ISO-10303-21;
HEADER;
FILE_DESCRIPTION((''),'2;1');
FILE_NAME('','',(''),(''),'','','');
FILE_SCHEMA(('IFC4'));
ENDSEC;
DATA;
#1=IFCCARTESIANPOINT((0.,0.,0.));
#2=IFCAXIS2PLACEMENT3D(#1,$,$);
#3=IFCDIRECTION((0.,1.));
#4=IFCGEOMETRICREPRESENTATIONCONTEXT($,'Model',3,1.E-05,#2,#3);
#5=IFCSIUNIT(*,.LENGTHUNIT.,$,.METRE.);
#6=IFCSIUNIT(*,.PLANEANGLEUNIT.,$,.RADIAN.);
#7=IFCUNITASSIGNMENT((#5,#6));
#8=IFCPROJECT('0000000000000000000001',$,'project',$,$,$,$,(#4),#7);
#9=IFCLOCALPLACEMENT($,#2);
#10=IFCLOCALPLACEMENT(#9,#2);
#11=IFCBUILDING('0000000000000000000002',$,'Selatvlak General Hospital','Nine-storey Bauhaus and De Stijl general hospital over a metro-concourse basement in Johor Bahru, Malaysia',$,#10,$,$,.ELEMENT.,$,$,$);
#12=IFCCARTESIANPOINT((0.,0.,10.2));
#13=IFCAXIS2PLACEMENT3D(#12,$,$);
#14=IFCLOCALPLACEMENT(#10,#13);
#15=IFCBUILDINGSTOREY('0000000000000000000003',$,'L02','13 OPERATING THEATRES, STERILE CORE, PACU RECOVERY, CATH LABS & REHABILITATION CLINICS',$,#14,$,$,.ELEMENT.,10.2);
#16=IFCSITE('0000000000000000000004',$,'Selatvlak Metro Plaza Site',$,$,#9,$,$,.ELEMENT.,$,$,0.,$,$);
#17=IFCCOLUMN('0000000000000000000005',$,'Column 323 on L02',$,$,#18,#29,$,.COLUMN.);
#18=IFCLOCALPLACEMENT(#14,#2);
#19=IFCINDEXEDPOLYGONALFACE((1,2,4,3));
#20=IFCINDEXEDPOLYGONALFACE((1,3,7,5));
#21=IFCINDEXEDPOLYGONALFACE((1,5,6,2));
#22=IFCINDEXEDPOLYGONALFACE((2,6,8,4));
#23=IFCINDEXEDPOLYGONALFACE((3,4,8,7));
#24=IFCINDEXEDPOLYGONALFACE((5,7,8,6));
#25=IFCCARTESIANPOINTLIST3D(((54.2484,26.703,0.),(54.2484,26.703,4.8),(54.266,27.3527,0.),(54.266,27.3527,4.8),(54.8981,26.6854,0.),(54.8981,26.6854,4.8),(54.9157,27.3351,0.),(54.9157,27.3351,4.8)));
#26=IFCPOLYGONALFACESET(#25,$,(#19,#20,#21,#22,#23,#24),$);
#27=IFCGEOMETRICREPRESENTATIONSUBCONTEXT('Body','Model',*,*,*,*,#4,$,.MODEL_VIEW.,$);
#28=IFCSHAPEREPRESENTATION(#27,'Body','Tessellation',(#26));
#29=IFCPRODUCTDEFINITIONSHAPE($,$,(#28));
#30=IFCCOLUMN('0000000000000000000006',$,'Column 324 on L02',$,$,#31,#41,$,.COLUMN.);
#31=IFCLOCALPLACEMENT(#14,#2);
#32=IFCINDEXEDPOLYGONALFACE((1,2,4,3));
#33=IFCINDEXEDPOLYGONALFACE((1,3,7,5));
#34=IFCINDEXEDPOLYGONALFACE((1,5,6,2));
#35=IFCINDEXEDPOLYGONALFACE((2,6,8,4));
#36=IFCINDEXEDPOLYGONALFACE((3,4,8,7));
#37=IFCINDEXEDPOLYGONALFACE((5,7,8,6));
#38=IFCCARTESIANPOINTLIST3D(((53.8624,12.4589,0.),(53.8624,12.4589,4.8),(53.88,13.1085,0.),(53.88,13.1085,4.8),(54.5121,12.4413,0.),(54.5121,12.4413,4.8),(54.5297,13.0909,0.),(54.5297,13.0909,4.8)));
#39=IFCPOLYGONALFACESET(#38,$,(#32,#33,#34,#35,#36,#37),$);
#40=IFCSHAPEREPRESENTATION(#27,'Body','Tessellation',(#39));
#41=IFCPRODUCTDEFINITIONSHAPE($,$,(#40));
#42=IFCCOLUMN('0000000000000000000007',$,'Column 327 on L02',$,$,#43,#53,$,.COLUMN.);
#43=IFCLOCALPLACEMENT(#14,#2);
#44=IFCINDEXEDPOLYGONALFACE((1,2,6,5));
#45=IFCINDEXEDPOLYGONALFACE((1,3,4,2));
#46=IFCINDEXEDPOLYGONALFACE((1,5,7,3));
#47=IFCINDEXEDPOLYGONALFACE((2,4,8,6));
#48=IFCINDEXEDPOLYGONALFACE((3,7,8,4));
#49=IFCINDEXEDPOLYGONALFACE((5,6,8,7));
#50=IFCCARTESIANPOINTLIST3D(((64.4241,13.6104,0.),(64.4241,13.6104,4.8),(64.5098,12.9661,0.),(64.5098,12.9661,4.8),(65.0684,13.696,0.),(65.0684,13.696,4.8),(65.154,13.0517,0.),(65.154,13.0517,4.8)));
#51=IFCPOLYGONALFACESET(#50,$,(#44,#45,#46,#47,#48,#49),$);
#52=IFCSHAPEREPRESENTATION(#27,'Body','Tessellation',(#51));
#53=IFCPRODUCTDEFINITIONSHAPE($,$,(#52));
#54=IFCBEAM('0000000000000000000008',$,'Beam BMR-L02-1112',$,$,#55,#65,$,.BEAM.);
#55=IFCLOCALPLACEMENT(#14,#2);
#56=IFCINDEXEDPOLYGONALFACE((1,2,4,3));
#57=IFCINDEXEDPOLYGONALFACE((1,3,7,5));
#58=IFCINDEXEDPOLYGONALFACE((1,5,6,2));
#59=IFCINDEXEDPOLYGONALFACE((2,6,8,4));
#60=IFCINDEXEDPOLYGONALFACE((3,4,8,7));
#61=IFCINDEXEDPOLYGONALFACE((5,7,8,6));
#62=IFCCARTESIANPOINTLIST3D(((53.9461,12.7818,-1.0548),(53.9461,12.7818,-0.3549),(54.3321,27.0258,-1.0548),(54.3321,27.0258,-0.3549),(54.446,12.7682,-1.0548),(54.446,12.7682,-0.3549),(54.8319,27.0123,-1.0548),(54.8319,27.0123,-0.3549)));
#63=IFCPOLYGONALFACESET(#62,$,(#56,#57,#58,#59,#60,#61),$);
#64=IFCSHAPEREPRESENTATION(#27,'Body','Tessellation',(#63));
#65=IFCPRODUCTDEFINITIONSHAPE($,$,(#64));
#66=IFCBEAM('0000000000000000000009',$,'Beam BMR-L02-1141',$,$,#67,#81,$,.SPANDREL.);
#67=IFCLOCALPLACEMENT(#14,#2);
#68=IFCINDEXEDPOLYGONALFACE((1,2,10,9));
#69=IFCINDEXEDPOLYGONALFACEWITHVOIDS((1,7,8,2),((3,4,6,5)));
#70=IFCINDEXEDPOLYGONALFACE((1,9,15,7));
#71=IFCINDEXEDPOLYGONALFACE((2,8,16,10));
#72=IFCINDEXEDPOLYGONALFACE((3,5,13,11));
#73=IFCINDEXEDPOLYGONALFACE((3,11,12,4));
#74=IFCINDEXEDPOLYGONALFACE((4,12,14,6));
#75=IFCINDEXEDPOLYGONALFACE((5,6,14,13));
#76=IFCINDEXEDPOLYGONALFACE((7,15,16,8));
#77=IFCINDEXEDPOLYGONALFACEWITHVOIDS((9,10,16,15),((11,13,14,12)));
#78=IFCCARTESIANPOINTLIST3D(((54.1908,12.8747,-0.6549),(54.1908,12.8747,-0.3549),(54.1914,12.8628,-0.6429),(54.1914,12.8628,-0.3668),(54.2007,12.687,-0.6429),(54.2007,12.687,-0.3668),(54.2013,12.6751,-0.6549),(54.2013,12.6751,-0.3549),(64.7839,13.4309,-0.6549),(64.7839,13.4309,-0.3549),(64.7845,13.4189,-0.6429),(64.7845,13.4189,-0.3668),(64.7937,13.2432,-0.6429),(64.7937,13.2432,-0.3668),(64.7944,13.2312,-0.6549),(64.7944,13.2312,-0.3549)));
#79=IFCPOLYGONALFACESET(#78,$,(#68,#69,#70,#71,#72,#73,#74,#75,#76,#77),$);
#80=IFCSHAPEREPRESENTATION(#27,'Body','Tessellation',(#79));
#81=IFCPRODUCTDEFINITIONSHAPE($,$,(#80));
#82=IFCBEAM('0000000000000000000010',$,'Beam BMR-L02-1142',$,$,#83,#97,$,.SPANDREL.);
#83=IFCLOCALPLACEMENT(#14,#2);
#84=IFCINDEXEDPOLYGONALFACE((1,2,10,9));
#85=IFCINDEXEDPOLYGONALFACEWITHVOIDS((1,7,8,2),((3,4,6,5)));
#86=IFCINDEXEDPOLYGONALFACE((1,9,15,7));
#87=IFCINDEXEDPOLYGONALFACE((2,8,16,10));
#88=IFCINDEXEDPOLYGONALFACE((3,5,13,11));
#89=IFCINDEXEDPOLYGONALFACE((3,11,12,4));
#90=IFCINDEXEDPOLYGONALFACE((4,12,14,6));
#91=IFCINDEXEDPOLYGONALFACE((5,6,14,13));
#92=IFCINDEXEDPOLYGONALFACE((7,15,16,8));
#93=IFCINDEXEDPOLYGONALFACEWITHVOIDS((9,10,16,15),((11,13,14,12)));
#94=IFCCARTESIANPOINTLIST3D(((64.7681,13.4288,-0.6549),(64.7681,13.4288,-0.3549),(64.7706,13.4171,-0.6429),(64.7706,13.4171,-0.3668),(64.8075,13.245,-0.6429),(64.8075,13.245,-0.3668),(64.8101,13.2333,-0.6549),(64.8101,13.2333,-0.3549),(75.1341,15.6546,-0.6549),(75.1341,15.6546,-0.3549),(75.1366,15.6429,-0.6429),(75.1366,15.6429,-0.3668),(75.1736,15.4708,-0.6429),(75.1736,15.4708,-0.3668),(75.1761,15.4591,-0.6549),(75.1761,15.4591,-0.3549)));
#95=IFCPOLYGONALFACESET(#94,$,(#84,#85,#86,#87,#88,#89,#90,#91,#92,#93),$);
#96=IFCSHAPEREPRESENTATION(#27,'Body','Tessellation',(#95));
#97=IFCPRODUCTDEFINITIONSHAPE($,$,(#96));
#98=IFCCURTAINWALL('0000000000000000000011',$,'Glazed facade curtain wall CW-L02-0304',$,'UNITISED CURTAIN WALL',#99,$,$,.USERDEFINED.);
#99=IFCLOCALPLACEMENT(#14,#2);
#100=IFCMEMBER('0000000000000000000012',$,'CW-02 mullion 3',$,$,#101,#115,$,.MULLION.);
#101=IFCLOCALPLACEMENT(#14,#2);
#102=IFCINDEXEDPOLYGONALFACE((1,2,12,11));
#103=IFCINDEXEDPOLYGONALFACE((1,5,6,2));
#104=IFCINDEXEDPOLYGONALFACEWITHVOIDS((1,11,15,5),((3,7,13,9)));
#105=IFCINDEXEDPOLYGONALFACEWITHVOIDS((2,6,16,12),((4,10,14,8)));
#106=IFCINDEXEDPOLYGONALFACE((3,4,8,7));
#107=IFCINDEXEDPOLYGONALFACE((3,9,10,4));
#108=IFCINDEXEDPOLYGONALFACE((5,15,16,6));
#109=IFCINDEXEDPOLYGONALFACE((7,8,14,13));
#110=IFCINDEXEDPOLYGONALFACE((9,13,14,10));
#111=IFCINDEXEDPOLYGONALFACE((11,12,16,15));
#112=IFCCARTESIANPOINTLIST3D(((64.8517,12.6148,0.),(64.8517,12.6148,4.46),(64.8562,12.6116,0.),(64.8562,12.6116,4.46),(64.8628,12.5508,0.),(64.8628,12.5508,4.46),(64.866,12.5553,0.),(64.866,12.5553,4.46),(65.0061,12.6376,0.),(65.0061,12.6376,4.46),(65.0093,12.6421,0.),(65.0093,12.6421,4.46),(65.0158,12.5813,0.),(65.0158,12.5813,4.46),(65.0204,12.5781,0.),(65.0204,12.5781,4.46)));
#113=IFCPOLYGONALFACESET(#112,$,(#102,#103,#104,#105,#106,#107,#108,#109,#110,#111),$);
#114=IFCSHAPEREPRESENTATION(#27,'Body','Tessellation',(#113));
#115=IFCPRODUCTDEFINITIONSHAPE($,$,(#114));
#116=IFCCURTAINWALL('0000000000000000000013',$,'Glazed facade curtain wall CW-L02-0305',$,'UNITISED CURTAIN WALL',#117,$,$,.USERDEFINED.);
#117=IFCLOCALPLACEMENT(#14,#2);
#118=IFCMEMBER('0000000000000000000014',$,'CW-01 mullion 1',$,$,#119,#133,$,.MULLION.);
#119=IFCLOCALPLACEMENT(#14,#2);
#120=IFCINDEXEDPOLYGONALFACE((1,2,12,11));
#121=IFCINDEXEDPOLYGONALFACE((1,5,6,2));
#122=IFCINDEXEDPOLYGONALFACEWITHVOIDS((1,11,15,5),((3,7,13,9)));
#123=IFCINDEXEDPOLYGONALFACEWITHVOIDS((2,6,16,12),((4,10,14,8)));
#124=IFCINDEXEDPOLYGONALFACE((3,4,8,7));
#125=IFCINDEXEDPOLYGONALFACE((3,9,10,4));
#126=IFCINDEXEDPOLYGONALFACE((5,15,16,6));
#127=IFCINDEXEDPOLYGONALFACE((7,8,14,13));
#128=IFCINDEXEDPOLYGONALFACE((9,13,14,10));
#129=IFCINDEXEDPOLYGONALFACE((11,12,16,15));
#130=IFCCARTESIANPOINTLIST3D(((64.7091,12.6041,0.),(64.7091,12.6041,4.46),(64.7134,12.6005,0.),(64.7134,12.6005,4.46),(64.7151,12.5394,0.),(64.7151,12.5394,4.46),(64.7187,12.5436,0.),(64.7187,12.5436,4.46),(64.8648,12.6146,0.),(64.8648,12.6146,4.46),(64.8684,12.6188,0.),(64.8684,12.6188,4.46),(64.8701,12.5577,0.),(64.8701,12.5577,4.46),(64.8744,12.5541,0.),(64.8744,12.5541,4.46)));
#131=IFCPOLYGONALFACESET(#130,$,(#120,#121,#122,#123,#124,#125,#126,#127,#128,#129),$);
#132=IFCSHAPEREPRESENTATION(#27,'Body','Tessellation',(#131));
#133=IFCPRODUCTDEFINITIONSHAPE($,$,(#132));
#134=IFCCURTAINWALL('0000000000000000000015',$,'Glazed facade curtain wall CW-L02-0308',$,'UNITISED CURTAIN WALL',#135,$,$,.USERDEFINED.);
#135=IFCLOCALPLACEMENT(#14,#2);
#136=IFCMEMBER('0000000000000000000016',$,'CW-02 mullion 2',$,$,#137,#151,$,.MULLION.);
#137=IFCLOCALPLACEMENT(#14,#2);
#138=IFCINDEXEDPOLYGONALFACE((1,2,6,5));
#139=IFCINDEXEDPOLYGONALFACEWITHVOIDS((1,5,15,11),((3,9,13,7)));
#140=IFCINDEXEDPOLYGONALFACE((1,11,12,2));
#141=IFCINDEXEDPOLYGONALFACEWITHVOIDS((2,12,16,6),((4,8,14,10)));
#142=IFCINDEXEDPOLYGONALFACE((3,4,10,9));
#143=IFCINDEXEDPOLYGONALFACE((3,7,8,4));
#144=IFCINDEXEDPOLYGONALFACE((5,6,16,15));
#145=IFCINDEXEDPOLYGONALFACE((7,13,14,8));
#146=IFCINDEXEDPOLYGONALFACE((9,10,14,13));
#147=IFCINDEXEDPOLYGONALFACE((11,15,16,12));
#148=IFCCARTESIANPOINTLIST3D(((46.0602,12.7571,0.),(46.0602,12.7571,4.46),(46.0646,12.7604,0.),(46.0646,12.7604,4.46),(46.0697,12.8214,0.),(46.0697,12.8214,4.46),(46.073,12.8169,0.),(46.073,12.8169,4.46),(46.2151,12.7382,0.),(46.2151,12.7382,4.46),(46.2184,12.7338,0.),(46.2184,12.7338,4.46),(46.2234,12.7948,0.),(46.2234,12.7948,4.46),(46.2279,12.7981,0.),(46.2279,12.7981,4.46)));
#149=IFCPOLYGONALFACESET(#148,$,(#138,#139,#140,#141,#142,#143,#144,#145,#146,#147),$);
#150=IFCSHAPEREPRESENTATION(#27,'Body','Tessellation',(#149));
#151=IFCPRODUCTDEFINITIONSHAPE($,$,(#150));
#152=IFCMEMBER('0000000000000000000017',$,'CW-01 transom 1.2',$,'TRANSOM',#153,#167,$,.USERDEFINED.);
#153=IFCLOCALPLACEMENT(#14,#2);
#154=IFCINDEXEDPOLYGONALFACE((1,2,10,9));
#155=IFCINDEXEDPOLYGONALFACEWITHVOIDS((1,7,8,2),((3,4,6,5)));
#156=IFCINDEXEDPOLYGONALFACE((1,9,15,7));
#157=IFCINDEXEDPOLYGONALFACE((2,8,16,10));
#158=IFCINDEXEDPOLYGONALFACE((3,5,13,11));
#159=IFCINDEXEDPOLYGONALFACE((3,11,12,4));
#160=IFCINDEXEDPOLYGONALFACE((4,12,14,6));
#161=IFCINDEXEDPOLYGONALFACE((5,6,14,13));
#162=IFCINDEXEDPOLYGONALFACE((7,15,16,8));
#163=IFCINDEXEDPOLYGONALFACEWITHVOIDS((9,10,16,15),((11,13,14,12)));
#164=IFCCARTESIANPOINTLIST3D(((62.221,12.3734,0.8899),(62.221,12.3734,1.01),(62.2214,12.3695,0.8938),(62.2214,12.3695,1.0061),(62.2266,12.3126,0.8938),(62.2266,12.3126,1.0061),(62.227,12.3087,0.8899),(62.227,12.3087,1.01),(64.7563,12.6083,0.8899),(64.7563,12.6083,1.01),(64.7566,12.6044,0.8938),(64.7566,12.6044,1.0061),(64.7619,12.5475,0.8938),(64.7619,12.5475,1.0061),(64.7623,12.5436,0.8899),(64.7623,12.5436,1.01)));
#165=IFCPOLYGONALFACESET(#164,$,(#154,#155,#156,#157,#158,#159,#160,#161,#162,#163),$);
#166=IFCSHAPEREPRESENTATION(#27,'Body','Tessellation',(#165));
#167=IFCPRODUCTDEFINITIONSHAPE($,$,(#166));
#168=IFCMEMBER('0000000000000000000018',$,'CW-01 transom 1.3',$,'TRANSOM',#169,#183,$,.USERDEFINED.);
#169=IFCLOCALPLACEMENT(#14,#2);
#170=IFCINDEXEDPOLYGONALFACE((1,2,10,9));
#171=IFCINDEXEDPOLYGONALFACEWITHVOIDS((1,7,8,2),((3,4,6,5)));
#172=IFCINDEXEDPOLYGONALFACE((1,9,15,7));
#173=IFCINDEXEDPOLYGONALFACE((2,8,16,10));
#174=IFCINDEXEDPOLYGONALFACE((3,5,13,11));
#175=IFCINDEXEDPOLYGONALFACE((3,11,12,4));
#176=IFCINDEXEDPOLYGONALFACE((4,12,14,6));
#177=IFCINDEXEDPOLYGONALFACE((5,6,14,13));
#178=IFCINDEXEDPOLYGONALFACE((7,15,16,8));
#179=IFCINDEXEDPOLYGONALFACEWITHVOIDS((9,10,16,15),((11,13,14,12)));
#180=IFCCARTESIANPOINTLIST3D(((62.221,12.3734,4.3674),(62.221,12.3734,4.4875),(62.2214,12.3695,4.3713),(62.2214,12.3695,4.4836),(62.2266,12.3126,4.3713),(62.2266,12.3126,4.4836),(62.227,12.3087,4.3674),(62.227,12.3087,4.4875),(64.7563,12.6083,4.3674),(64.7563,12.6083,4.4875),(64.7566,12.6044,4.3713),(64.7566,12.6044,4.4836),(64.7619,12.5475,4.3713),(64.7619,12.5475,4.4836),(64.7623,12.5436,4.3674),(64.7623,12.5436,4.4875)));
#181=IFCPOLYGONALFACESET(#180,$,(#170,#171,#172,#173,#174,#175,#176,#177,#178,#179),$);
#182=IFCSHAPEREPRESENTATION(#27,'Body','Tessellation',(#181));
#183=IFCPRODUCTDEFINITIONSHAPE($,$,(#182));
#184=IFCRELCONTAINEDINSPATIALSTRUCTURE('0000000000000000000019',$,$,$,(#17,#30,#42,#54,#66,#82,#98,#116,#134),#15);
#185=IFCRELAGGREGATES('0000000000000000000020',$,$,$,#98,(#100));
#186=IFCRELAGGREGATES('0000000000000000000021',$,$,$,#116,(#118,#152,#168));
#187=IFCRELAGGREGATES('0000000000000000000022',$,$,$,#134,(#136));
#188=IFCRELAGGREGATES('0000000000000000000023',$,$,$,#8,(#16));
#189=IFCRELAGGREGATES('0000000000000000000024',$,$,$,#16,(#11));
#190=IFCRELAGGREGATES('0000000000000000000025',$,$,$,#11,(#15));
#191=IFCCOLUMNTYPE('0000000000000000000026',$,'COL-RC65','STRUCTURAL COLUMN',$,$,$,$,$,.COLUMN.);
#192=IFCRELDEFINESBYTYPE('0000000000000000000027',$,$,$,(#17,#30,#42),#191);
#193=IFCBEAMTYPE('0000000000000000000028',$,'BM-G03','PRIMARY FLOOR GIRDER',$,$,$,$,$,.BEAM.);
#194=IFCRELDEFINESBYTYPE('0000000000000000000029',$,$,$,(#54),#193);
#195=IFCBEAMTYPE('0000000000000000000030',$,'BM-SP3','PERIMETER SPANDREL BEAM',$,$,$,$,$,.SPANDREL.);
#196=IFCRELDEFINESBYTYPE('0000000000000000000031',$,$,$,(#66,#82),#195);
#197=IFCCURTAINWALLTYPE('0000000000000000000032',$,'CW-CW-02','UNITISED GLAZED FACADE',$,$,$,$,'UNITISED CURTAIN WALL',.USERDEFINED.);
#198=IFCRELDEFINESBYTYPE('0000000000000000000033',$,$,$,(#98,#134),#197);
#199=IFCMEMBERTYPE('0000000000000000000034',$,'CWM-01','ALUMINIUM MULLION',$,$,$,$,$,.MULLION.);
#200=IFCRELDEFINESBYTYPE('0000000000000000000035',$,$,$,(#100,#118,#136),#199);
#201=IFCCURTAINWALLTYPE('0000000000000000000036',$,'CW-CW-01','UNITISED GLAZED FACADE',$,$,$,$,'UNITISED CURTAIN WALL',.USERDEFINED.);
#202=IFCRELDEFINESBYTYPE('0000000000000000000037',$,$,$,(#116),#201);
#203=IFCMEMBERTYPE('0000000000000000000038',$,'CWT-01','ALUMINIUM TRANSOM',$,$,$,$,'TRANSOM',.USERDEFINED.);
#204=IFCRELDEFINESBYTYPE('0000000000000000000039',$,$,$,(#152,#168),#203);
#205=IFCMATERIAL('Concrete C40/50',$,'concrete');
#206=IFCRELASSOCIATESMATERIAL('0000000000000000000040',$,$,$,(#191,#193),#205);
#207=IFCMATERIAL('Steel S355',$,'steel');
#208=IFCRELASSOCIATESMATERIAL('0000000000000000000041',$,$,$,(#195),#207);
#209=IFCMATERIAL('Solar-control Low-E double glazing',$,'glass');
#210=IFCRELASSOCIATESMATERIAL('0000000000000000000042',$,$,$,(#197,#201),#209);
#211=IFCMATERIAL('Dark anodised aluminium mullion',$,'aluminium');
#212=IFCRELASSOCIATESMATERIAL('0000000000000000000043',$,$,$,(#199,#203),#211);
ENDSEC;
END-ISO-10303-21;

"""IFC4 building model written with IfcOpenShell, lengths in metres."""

from ifc_helpers import new_model, si_unit, direction, frame, origin, origin_2d, place, context, subcontext, project, spatial, rectangle, hollow_rectangle, extrude, material, material_profile, profile_set, type_object, element, aggregate, save


model = new_model("IFC4")

# Units and contexts
model_context = context("Model", 3, precision=1e-05, world=origin(), true_north=direction((0.0, 1.0)))
body_context = subcontext(model_context, "Body", "Model", "MODEL_VIEW")
ifc_project = project(units=[si_unit("LENGTHUNIT", "METRE"), si_unit("PLANEANGLEUNIT", "RADIAN")], contexts=[model_context])

# Site, building, storey
site_placement = place(None, origin())
site = spatial("IfcSite", under=ifc_project, at=site_placement, Name="Selatvlak Metro Plaza Site", CompositionType="ELEMENT", RefElevation=0.0)
building_placement = place(site_placement, origin())
building = spatial("IfcBuilding", under=site, at=building_placement, Name="Selatvlak General Hospital", Description="Nine-storey Bauhaus and De Stijl general hospital over a metro-concourse basement in Johor Bahru, Malaysia", CompositionType="ELEMENT")
storey_placement = place(building_placement, frame((0.0, 0.0, 10.2)))
storey = spatial("IfcBuildingStorey", under=building, at=storey_placement, Name="L02", Description="13 OPERATING THEATRES, STERILE CORE, PACU RECOVERY, CATH LABS & REHABILITATION CLINICS", CompositionType="ELEMENT", Elevation=10.2)

# Columns
ifc_material_1 = material(Name="Concrete C40/50", Category="concrete")
ifc_material_profile_1 = material_profile(ifc_material_1, rectangle(XDim=0.6499, YDim=0.6499, at=origin_2d()), Name="RC-COL 650x650")
ifc_profile_set_1 = profile_set([ifc_material_profile_1], Name="Concrete C40/50")
column_type = type_object("IfcColumnType", Name="COL-RC65", Description="STRUCTURAL COLUMN", PredefinedType="COLUMN", material=ifc_profile_set_1)
for number, where, z_axis, x_axis, name in (
    (1, (54.582, 27.019, 0.0), (0.0, 0.0, 1.0), (0.027067, 0.999634, 0.0), "Column 323 on L02"),
    (2, (54.196, 12.7749, 0.0), (0.0, 0.0, 1.0), (0.027067, 0.999634, 0.0), "Column 324 on L02"),
    (3, (64.7891, 13.3311, 0.0), (0.0, 0.0, 1.0), (-0.131737, 0.991285, 0.0), "Column 327 on L02"),
):
    element("IfcColumn", number, at=place(storey_placement, frame(where, z_axis=z_axis, x_axis=x_axis)), inside=storey, type_object=column_type, Name=name, PredefinedType="COLUMN", context=body_context, shape_type="SweptSolid", body=[
        extrude(rectangle(XDim=0.6499, YDim=0.6499, at=origin_2d()), origin(), (0.0, 0.0, 1.0), 4.8),
    ])

# Beams
ifc_material_profile_2 = material_profile(ifc_material_1, rectangle(XDim=0.5, YDim=0.7, at=origin_2d()), Name="RC-BM 500x700")
ifc_profile_set_2 = profile_set([ifc_material_profile_2], Name="Concrete C40/50")
beam_type_1 = type_object("IfcBeamType", Name="BM-G03", Description="PRIMARY FLOOR GIRDER", PredefinedType="BEAM", material=ifc_profile_set_2)
beam_1_placement = place(storey_placement, frame((54.582, 27.019, -0.7048), z_axis=(-0.027088, -0.999633, 0.0), x_axis=(0.999633, -0.027088, 0.0)))
element("IfcBeam", 4, at=beam_1_placement, inside=storey, type_object=beam_type_1, Name="Beam BMR-L02-1112", PredefinedType="BEAM", context=body_context, shape_type="SweptSolid", body=[
    extrude(rectangle(XDim=0.5, YDim=0.7, at=origin_2d()), origin(), (0.0, 0.0, 1.0), 14.2493),
])
ifc_material_2 = material(Name="Steel S355", Category="steel")
ifc_material_profile_3 = material_profile(ifc_material_2, hollow_rectangle(XDim=0.2, YDim=0.3, WallThickness=0.012, at=origin_2d()), Name="RHS 300x200x12")
ifc_profile_set_3 = profile_set([ifc_material_profile_3], Name="Steel S355")
beam_type_2 = type_object("IfcBeamType", Name="BM-SP3", Description="PERIMETER SPANDREL BEAM", PredefinedType="SPANDREL", material=ifc_profile_set_3)
beam_2_placement = place(storey_placement, frame((54.196, 12.7749, -0.5049), z_axis=(0.998625, 0.05243, 0.0), x_axis=(-0.05243, 0.998625, 0.0)))
element("IfcBeam", 5, at=beam_2_placement, inside=storey, type_object=beam_type_2, Name="Beam BMR-L02-1141", PredefinedType="SPANDREL", context=body_context, shape_type="SweptSolid", body=[
    extrude(hollow_rectangle(XDim=0.2, YDim=0.3, WallThickness=0.012, at=origin_2d()), origin(), (0.0, 0.0, 1.0), 10.6077),
])
beam_3_placement = place(storey_placement, frame((64.7891, 13.3311, -0.5049), z_axis=(0.977714, 0.20994, 0.0), x_axis=(-0.20994, 0.977714, 0.0)))
element("IfcBeam", 6, at=beam_3_placement, inside=storey, type_object=beam_type_2, Name="Beam BMR-L02-1142", PredefinedType="SPANDREL", context=body_context, shape_type="SweptSolid", body=[
    extrude(hollow_rectangle(XDim=0.2, YDim=0.3, WallThickness=0.012, at=origin_2d()), origin(), (0.0, 0.0, 1.0), 10.6023),
])

# Curtain walls, members
ifc_material_3 = material(Name="Solar-control Low-E double glazing", Category="glass")
curtain_wall_type_1 = type_object("IfcCurtainWallType", Name="CW-CW-02", Description="UNITISED GLAZED FACADE", ElementType="UNITISED CURTAIN WALL", PredefinedType="USERDEFINED", material=ifc_material_3)
curtain_wall_1_placement = place(storey_placement, origin())
curtain_wall_1 = element("IfcCurtainWall", 7, at=curtain_wall_1_placement, inside=storey, type_object=curtain_wall_type_1, Name="Glazed facade curtain wall CW-L02-0304", ObjectType="UNITISED CURTAIN WALL", PredefinedType="USERDEFINED")
ifc_material_4 = material(Name="Dark anodised aluminium mullion", Category="aluminium")
ifc_material_profile_4 = material_profile(ifc_material_4, hollow_rectangle(XDim=0.0649, YDim=0.1599, WallThickness=0.0039, at=origin_2d()), Name="AL-MUL 65x160x4")
ifc_profile_set_4 = profile_set([ifc_material_profile_4], Name="Dark anodised aluminium mullion")
member_type_1 = type_object("IfcMemberType", Name="CWM-01", Description="ALUMINIUM MULLION", PredefinedType="MULLION", material=ifc_profile_set_4)
member_1_placement = place(storey_placement, frame((64.936, 12.5964, 0.0), z_axis=(0.0, 0.0, 1.0), x_axis=(0.170838, -0.985299, 0.0)))
member_1 = element("IfcMember", 8, at=member_1_placement, type_object=member_type_1, Name="CW-02 mullion 3", PredefinedType="MULLION", context=body_context, shape_type="SweptSolid", body=[
    extrude(hollow_rectangle(XDim=0.0649, YDim=0.1599, WallThickness=0.0039, at=origin_2d()), origin(), (0.0, 0.0, 1.0), 4.46),
])
aggregate(curtain_wall_1, [member_1])
curtain_wall_type_2 = type_object("IfcCurtainWallType", Name="CW-CW-01", Description="UNITISED GLAZED FACADE", ElementType="UNITISED CURTAIN WALL", PredefinedType="USERDEFINED", material=ifc_material_3)
curtain_wall_2_placement = place(storey_placement, origin())
curtain_wall_2 = element("IfcCurtainWall", 9, at=curtain_wall_2_placement, inside=storey, type_object=curtain_wall_type_2, Name="Glazed facade curtain wall CW-L02-0305", ObjectType="UNITISED CURTAIN WALL", PredefinedType="USERDEFINED")
member_2_placement = place(storey_placement, frame((64.7917, 12.5791, 0.0), z_axis=(0.0, 0.0, 1.0), x_axis=(0.092292, -0.995732, 0.0)))
member_2 = element("IfcMember", 10, at=member_2_placement, type_object=member_type_1, Name="CW-01 mullion 1", PredefinedType="MULLION", context=body_context, shape_type="SweptSolid", body=[
    extrude(hollow_rectangle(XDim=0.0649, YDim=0.1599, WallThickness=0.0039, at=origin_2d()), origin(), (0.0, 0.0, 1.0), 4.46),
])
curtain_wall_3_placement = place(storey_placement, origin())
curtain_wall_3 = element("IfcCurtainWall", 11, at=curtain_wall_3_placement, inside=storey, type_object=curtain_wall_type_1, Name="Glazed facade curtain wall CW-L02-0308", ObjectType="UNITISED CURTAIN WALL", PredefinedType="USERDEFINED")
member_3_placement = place(storey_placement, frame((46.144, 12.7776, 0.0), z_axis=(0.0, 0.0, 1.0), x_axis=(-0.145843, -0.989308, 0.0)))
member_3 = element("IfcMember", 12, at=member_3_placement, type_object=member_type_1, Name="CW-02 mullion 2", PredefinedType="MULLION", context=body_context, shape_type="SweptSolid", body=[
    extrude(hollow_rectangle(XDim=0.0649, YDim=0.1599, WallThickness=0.0039, at=origin_2d()), origin(), (0.0, 0.0, 1.0), 4.46),
])

# Members
ifc_material_profile_5 = material_profile(ifc_material_4, hollow_rectangle(XDim=0.0649, YDim=0.1201, WallThickness=0.0039, at=origin_2d()), Name="AL-TRN 65x120x4")
ifc_profile_set_5 = profile_set([ifc_material_profile_5], Name="Dark anodised aluminium mullion")
member_type_2 = type_object("IfcMemberType", Name="CWT-01", Description="ALUMINIUM TRANSOM", ElementType="TRANSOM", PredefinedType="USERDEFINED", material=ifc_profile_set_5)
member_4_placement = place(storey_placement, frame((64.7593, 12.5759, 0.95), z_axis=(-0.995737, -0.092239, 0.0), x_axis=(0.092239, -0.995737, 0.0)))
member_4 = element("IfcMember", 13, at=member_4_placement, type_object=member_type_2, Name="CW-01 transom 1.2", ObjectType="TRANSOM", PredefinedType="USERDEFINED", context=body_context, shape_type="SweptSolid", body=[
    extrude(hollow_rectangle(XDim=0.0649, YDim=0.1201, WallThickness=0.0039, at=origin_2d()), origin(), (0.0, 0.0, 1.0), 2.5461),
])
member_5_placement = place(storey_placement, frame((64.7593, 12.5759, 4.4275), z_axis=(-0.995737, -0.092239, 0.0), x_axis=(0.092239, -0.995737, 0.0)))
member_5 = element("IfcMember", 14, at=member_5_placement, type_object=member_type_2, Name="CW-01 transom 1.3", ObjectType="TRANSOM", PredefinedType="USERDEFINED", context=body_context, shape_type="SweptSolid", body=[
    extrude(hollow_rectangle(XDim=0.0649, YDim=0.1201, WallThickness=0.0039, at=origin_2d()), origin(), (0.0, 0.0, 1.0), 2.5461),
])
aggregate(curtain_wall_2, [member_2, member_4, member_5])

aggregate(curtain_wall_3, [member_3])

save(model, "model.ifc")
